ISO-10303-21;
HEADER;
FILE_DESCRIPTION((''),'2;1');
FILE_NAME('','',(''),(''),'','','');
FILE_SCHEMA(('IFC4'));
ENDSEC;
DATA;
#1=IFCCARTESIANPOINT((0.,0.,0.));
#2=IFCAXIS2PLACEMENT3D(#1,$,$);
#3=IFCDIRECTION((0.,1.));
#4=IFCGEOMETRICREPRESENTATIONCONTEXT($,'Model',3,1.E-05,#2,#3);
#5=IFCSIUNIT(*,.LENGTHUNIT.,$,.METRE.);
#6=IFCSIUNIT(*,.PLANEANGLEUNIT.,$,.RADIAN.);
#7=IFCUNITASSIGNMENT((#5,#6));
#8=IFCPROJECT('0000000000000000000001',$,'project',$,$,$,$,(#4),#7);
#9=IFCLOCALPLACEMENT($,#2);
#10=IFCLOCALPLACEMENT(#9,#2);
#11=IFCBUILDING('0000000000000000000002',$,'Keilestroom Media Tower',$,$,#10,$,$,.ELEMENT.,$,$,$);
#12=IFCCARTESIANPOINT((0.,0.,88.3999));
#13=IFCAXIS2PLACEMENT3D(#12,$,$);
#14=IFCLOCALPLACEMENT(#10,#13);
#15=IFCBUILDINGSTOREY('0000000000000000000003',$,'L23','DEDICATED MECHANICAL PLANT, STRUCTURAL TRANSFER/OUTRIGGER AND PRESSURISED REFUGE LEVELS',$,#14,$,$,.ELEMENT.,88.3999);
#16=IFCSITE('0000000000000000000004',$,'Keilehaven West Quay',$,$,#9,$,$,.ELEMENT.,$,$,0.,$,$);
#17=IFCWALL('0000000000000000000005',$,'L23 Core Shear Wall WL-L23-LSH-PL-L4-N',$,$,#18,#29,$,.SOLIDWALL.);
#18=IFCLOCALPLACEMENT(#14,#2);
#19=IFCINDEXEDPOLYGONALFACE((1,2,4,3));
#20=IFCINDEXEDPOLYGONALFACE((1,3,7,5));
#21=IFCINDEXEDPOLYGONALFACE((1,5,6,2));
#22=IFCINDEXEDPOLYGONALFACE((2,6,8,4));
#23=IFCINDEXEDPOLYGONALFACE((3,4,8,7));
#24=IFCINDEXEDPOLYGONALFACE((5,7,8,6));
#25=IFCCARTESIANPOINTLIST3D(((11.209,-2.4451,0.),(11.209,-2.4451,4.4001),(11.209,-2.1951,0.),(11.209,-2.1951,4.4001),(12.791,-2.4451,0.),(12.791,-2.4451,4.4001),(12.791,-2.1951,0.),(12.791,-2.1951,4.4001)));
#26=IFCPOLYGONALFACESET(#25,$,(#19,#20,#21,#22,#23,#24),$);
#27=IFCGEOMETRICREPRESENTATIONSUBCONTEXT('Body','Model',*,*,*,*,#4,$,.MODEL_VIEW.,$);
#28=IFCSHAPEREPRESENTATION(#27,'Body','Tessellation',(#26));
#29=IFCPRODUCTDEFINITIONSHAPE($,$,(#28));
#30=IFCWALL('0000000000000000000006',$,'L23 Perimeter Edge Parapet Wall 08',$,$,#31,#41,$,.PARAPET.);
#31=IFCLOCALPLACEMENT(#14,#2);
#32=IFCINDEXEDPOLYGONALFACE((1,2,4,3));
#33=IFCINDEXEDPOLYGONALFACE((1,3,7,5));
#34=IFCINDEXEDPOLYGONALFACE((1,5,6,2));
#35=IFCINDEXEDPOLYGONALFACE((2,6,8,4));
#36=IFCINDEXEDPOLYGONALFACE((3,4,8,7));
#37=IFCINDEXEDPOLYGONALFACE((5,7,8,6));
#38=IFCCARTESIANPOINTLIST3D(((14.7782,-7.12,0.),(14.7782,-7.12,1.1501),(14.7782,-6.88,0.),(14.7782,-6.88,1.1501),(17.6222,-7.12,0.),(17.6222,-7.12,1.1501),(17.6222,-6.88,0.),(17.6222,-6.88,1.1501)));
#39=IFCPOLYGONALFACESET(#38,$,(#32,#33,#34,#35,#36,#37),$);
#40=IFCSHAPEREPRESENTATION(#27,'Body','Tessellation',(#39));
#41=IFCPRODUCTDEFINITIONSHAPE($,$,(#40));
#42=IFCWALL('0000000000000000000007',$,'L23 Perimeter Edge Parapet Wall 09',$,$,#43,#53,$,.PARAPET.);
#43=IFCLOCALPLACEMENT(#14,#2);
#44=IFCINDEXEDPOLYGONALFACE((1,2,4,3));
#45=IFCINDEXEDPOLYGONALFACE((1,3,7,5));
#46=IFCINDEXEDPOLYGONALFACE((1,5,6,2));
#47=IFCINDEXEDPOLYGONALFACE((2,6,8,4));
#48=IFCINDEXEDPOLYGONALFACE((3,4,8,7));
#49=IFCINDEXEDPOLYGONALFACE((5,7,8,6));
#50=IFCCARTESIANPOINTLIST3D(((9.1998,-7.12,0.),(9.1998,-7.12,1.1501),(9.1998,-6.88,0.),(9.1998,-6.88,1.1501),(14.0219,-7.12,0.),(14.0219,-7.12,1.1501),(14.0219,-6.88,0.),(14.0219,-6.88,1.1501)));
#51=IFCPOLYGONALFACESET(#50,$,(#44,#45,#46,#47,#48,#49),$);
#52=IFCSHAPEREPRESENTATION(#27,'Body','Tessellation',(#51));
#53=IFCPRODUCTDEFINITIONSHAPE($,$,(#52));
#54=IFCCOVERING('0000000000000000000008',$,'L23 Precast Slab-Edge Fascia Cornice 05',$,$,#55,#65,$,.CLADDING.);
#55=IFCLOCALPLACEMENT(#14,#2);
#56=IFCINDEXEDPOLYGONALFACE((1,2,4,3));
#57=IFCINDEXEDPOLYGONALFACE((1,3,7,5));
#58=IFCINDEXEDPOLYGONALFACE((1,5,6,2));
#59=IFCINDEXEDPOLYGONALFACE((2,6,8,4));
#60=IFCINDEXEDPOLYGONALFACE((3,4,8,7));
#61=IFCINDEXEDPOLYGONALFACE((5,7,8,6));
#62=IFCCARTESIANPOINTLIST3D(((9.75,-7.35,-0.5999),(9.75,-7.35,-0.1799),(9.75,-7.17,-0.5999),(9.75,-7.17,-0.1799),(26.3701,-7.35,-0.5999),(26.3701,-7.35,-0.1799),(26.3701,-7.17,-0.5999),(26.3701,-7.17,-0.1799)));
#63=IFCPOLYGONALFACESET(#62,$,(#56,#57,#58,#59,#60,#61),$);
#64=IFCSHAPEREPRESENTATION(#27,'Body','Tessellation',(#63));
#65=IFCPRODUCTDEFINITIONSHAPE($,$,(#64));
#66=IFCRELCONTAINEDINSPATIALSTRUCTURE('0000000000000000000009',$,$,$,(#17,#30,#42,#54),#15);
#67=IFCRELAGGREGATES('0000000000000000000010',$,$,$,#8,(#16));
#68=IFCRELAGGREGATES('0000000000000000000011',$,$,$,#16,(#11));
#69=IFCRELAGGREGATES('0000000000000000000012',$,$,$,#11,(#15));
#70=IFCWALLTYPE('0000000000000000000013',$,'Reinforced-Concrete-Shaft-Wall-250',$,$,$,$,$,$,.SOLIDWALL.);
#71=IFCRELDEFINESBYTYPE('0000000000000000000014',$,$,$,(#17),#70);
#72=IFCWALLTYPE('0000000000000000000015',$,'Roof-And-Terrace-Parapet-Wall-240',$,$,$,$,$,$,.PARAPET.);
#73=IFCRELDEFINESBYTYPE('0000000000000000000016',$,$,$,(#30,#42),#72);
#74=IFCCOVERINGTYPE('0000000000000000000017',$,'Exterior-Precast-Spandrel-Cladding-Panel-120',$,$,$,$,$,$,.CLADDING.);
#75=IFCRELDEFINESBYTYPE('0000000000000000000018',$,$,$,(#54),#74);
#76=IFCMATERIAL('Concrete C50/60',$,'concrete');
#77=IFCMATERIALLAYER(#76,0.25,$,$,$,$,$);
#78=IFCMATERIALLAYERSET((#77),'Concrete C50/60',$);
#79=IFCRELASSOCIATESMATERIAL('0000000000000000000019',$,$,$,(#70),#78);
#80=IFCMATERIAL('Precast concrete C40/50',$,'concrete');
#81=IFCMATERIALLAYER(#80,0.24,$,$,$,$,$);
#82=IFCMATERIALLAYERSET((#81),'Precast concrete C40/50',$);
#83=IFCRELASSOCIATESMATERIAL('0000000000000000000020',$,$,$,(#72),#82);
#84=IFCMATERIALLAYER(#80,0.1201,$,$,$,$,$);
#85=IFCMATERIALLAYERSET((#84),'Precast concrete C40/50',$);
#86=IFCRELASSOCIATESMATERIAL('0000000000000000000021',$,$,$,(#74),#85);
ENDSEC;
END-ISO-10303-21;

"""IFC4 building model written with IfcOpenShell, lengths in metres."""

from ifc_helpers import new_model, si_unit, direction, frame, frame_2d, origin, origin_2d, place, context, subcontext, project, spatial, rectangle, extrude, source, transform, mapped, material, layer, layer_set, type_object, element, save


model = new_model("IFC4")

# Units and contexts
model_context = context("Model", 3, precision=1e-05, world=origin(), true_north=direction((0.0, 1.0)))
body_context = subcontext(model_context, "Body", "Model", "MODEL_VIEW")
ifc_project = project(units=[si_unit("LENGTHUNIT", "METRE"), si_unit("PLANEANGLEUNIT", "RADIAN")], contexts=[model_context])

# Site, building, storey
site_placement = place(None, origin())
site = spatial("IfcSite", under=ifc_project, at=site_placement, Name="Keilehaven West Quay", CompositionType="ELEMENT", RefElevation=0.0)
building_placement = place(site_placement, origin())
building = spatial("IfcBuilding", under=site, at=building_placement, Name="Keilestroom Media Tower", CompositionType="ELEMENT")
storey_placement = place(building_placement, frame((0.0, 0.0, 88.3999)))
storey = spatial("IfcBuildingStorey", under=building, at=storey_placement, Name="L23", Description="DEDICATED MECHANICAL PLANT, STRUCTURAL TRANSFER/OUTRIGGER AND PRESSURISED REFUGE LEVELS", CompositionType="ELEMENT", Elevation=88.3999)

# Shared definitions
ifc_material_1 = material(Name="Precast concrete C40/50", Category="concrete")

# Walls
ifc_material_2 = material(Name="Concrete C50/60", Category="concrete")
ifc_layer_1 = layer(ifc_material_2, 0.25)
ifc_layer_set_1 = layer_set([ifc_layer_1], Name="Concrete C50/60")
wall_type_1 = type_object("IfcWallType", Name="Reinforced-Concrete-Shaft-Wall-250", PredefinedType="SOLIDWALL", material=ifc_layer_set_1)
wall_1_placement = place(storey_placement, frame((11.209, -2.3201, 0.0), z_axis=(0.0, 0.0, 1.0), x_axis=(1.0, 0.0, 0.0)))
element("IfcWall", 1, at=wall_1_placement, inside=storey, type_object=wall_type_1, Name="L23 Core Shear Wall WL-L23-LSH-PL-L4-N", PredefinedType="SOLIDWALL", context=body_context, shape_type="SweptSolid", body=[
    extrude(rectangle(XDim=1.582, YDim=0.25, at=frame_2d((0.791, 0.0))), origin(), (0.0, 0.0, 1.0), 4.4001),
])
ifc_layer_2 = layer(ifc_material_1, 0.24)
ifc_layer_set_2 = layer_set([ifc_layer_2], Name="Precast concrete C40/50")
wall_type_2 = type_object("IfcWallType", Name="Roof-And-Terrace-Parapet-Wall-240", PredefinedType="PARAPET", material=ifc_layer_set_2)
wall_2_placement = place(storey_placement, frame((17.6221, -7.0, 0.0), z_axis=(0.0, 0.0, 1.0), x_axis=(-1.0, 0.0, 0.0)))
element("IfcWall", 2, at=wall_2_placement, inside=storey, type_object=wall_type_2, Name="L23 Perimeter Edge Parapet Wall 08", PredefinedType="PARAPET", context=body_context, shape_type="SweptSolid", body=[
    extrude(rectangle(XDim=2.844, YDim=0.24, at=frame_2d((1.4219, 0.0))), origin(), (0.0, 0.0, 1.0), 1.1501),
])
wall_3_placement = place(storey_placement, frame((14.022, -7.0, 0.0), z_axis=(0.0, 0.0, 1.0), x_axis=(-1.0, 0.0, 0.0)))
element("IfcWall", 3, at=wall_3_placement, inside=storey, type_object=wall_type_2, Name="L23 Perimeter Edge Parapet Wall 09", PredefinedType="PARAPET", context=body_context, shape_type="SweptSolid", body=[
    extrude(rectangle(XDim=4.822, YDim=0.24, at=frame_2d((2.4111, 0.0))), origin(), (0.0, 0.0, 1.0), 1.1501),
])

# Covering
ifc_layer_3 = layer(ifc_material_1, 0.1201)
ifc_layer_set_3 = layer_set([ifc_layer_3], Name="Precast concrete C40/50")
covering_type = type_object("IfcCoveringType", Name="Exterior-Precast-Spandrel-Cladding-Panel-120", PredefinedType="CLADDING", material=ifc_layer_set_3)
shared_shape_1 = source(origin(), body_context, "Body", "SweptSolid", [
    extrude(rectangle(XDim=16.6201, YDim=0.1799, at=origin_2d()), origin(), (0.0, 0.0, 1.0), 0.4199),
])
covering_placement = place(storey_placement, frame((18.0601, -7.26, -0.5999), z_axis=(0.0, 0.0, 1.0), x_axis=(-1.0, 0.0, 0.0)))
element("IfcCovering", 4, at=covering_placement, inside=storey, type_object=covering_type, Name="L23 Precast Slab-Edge Fascia Cornice 05", PredefinedType="CLADDING", context=body_context, shape_type="MappedRepresentation", body=[
    mapped(shared_shape_1, transform((0.0, 0.0, 0.0), x_axis=(1.0, 0.0, 0.0), y_axis=(0.0, 1.0, 0.0), z_axis=(0.0, 0.0, 1.0), scale=1.0)),
])

save(model, "model.ifc")
